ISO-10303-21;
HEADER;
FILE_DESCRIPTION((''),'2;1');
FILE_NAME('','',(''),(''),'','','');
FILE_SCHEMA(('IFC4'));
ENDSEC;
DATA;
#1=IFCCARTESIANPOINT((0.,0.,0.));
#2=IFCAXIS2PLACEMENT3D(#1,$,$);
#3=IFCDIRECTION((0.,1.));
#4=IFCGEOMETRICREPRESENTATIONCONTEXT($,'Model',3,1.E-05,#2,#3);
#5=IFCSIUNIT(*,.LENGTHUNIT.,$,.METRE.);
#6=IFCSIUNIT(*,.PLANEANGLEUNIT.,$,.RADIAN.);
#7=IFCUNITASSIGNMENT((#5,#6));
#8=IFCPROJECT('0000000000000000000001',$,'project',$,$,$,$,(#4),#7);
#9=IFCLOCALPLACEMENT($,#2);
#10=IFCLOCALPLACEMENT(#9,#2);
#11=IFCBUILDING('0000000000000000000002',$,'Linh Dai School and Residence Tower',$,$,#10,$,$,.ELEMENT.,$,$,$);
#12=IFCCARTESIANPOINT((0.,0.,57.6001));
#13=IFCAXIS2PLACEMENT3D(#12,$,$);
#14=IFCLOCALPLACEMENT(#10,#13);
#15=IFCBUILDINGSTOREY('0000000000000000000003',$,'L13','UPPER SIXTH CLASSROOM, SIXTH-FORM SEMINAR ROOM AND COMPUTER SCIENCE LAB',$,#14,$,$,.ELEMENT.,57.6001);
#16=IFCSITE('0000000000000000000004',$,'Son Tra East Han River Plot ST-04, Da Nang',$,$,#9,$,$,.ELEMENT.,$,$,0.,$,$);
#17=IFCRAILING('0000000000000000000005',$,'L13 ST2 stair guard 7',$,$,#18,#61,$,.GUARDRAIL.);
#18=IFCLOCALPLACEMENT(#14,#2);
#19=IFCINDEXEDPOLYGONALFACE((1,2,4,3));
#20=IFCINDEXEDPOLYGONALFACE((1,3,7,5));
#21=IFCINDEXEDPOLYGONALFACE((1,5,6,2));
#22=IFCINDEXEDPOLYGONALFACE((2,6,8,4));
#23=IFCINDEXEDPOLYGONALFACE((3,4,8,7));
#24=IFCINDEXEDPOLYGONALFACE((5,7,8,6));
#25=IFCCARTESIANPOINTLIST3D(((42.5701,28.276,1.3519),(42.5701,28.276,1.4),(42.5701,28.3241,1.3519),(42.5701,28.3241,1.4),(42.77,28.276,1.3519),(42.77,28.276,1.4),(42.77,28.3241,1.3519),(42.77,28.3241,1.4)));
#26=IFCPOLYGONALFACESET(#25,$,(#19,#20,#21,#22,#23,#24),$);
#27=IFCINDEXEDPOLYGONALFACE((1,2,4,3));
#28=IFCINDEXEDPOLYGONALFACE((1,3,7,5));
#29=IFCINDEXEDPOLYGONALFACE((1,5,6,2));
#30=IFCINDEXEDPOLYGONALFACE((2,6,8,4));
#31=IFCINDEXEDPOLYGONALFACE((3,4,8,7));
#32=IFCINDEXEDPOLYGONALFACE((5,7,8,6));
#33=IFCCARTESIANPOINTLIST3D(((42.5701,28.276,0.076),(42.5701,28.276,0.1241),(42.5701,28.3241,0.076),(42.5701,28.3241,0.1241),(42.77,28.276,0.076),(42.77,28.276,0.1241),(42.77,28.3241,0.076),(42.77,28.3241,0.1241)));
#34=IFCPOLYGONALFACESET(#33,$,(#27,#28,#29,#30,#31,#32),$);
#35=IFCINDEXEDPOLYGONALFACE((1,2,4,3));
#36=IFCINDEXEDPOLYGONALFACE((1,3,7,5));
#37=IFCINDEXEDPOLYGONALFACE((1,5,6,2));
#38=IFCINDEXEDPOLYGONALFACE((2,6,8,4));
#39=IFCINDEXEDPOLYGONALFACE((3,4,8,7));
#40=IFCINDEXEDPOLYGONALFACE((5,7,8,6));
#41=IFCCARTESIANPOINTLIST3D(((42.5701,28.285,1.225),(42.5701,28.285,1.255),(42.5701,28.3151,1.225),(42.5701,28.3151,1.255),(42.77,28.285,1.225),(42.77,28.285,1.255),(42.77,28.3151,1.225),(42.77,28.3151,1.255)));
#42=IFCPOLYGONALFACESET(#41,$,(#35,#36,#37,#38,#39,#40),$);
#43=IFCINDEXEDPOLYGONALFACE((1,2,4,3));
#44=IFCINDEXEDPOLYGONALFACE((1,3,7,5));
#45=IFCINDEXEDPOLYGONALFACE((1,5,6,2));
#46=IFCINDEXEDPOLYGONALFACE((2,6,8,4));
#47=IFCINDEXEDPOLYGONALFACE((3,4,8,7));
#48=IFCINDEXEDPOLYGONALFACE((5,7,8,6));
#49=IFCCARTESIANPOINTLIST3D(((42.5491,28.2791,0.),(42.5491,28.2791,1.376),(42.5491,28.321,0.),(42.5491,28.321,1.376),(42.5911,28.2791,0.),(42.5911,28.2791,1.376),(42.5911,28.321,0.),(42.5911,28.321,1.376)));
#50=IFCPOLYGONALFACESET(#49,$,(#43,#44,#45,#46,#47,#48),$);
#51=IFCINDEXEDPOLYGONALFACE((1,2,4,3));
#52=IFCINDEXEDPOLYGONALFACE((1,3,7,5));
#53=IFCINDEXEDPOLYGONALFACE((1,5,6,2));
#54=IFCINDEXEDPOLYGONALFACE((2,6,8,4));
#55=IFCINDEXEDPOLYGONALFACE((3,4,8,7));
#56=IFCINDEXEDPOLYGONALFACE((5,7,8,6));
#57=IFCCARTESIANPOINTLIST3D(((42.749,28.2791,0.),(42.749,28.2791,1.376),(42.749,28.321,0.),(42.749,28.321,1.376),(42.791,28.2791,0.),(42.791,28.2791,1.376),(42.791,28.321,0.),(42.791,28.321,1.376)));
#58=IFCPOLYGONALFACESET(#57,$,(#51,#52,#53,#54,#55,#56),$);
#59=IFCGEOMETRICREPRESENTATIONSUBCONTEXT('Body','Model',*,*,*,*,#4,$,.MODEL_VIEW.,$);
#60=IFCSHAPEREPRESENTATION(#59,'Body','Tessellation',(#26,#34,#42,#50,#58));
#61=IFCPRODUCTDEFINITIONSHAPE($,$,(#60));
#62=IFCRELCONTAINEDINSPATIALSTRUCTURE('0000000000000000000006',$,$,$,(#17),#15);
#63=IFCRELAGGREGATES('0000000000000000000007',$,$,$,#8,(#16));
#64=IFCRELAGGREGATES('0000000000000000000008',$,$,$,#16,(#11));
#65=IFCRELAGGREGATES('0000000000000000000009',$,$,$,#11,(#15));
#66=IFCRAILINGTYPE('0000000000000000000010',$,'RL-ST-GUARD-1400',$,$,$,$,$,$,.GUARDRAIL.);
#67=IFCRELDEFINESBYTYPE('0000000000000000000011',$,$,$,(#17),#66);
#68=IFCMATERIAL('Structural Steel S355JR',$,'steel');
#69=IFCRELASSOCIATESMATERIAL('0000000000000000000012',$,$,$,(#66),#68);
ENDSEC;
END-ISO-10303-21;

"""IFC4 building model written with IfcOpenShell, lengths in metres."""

from ifc_helpers import new_model, si_unit, direction, frame, origin, origin_2d, place, context, subcontext, project, spatial, rectangle, extrude, source, transform, mapped, material, type_object, element, save


model = new_model("IFC4")

# Units and contexts
model_context = context("Model", 3, precision=1e-05, world=origin(), true_north=direction((0.0, 1.0)))
body_context = subcontext(model_context, "Body", "Model", "MODEL_VIEW")
ifc_project = project(units=[si_unit("LENGTHUNIT", "METRE"), si_unit("PLANEANGLEUNIT", "RADIAN")], contexts=[model_context])

# Site, building, storey
site_placement = place(None, origin())
site = spatial("IfcSite", under=ifc_project, at=site_placement, Name="Son Tra East Han River Plot ST-04, Da Nang", CompositionType="ELEMENT", RefElevation=0.0)
building_placement = place(site_placement, origin())
building = spatial("IfcBuilding", under=site, at=building_placement, Name="Linh Dai School and Residence Tower", CompositionType="ELEMENT")
storey_placement = place(building_placement, frame((0.0, 0.0, 57.6001)))
storey = spatial("IfcBuildingStorey", under=building, at=storey_placement, Name="L13", Description="UPPER SIXTH CLASSROOM, SIXTH-FORM SEMINAR ROOM AND COMPUTER SCIENCE LAB", CompositionType="ELEMENT", Elevation=57.6001)

# Shared definitions
ifc_material_1 = material(Name="Structural Steel S355JR", Category="steel")

# Railing
railing_type_1 = type_object("IfcRailingType", Name="RL-ST-GUARD-1400", PredefinedType="GUARDRAIL", material=ifc_material_1)
shared_shape_1 = source(origin(), body_context, "Body", "SweptSolid", [
    extrude(rectangle(XDim=0.0481, YDim=0.0481, at=origin_2d()), frame((0.0, 0.0, 1.376), z_axis=(1.0, 0.0, 0.0), x_axis=(0.0, 1.0, 0.0)), (0.0, 0.0, 1.0), 0.2),
    extrude(rectangle(XDim=0.0481, YDim=0.0481, at=origin_2d()), frame((0.0, 0.0, 0.1001), z_axis=(1.0, 0.0, 0.0), x_axis=(0.0, 1.0, 0.0)), (0.0, 0.0, 1.0), 0.2),
    extrude(rectangle(XDim=0.03, YDim=0.03, at=origin_2d()), frame((0.0, 0.0, 1.24), z_axis=(1.0, 0.0, 0.0), x_axis=(0.0, 1.0, 0.0)), (0.0, 0.0, 1.0), 0.2),
    extrude(rectangle(XDim=0.042, YDim=0.042, at=origin_2d()), origin(), (0.0, 0.0, 1.0), 1.376),
    extrude(rectangle(XDim=0.042, YDim=0.042, at=origin_2d()), frame((0.2, 0.0, 0.0)), (0.0, 0.0, 1.0), 1.376),
])
railing_1_placement = place(storey_placement, frame((42.5701, 28.3, 0.0)))
element("IfcRailing", 1, at=railing_1_placement, inside=storey, type_object=railing_type_1, Name="L13 ST2 stair guard 7", PredefinedType="GUARDRAIL", context=body_context, shape_type="MappedRepresentation", body=[
    mapped(shared_shape_1, transform((0.0, 0.0, 0.0), x_axis=(1.0, 0.0, 0.0), y_axis=(0.0, 1.0, 0.0), z_axis=(0.0, 0.0, 1.0), scale=1.0)),
])

save(model, "model.ifc")
